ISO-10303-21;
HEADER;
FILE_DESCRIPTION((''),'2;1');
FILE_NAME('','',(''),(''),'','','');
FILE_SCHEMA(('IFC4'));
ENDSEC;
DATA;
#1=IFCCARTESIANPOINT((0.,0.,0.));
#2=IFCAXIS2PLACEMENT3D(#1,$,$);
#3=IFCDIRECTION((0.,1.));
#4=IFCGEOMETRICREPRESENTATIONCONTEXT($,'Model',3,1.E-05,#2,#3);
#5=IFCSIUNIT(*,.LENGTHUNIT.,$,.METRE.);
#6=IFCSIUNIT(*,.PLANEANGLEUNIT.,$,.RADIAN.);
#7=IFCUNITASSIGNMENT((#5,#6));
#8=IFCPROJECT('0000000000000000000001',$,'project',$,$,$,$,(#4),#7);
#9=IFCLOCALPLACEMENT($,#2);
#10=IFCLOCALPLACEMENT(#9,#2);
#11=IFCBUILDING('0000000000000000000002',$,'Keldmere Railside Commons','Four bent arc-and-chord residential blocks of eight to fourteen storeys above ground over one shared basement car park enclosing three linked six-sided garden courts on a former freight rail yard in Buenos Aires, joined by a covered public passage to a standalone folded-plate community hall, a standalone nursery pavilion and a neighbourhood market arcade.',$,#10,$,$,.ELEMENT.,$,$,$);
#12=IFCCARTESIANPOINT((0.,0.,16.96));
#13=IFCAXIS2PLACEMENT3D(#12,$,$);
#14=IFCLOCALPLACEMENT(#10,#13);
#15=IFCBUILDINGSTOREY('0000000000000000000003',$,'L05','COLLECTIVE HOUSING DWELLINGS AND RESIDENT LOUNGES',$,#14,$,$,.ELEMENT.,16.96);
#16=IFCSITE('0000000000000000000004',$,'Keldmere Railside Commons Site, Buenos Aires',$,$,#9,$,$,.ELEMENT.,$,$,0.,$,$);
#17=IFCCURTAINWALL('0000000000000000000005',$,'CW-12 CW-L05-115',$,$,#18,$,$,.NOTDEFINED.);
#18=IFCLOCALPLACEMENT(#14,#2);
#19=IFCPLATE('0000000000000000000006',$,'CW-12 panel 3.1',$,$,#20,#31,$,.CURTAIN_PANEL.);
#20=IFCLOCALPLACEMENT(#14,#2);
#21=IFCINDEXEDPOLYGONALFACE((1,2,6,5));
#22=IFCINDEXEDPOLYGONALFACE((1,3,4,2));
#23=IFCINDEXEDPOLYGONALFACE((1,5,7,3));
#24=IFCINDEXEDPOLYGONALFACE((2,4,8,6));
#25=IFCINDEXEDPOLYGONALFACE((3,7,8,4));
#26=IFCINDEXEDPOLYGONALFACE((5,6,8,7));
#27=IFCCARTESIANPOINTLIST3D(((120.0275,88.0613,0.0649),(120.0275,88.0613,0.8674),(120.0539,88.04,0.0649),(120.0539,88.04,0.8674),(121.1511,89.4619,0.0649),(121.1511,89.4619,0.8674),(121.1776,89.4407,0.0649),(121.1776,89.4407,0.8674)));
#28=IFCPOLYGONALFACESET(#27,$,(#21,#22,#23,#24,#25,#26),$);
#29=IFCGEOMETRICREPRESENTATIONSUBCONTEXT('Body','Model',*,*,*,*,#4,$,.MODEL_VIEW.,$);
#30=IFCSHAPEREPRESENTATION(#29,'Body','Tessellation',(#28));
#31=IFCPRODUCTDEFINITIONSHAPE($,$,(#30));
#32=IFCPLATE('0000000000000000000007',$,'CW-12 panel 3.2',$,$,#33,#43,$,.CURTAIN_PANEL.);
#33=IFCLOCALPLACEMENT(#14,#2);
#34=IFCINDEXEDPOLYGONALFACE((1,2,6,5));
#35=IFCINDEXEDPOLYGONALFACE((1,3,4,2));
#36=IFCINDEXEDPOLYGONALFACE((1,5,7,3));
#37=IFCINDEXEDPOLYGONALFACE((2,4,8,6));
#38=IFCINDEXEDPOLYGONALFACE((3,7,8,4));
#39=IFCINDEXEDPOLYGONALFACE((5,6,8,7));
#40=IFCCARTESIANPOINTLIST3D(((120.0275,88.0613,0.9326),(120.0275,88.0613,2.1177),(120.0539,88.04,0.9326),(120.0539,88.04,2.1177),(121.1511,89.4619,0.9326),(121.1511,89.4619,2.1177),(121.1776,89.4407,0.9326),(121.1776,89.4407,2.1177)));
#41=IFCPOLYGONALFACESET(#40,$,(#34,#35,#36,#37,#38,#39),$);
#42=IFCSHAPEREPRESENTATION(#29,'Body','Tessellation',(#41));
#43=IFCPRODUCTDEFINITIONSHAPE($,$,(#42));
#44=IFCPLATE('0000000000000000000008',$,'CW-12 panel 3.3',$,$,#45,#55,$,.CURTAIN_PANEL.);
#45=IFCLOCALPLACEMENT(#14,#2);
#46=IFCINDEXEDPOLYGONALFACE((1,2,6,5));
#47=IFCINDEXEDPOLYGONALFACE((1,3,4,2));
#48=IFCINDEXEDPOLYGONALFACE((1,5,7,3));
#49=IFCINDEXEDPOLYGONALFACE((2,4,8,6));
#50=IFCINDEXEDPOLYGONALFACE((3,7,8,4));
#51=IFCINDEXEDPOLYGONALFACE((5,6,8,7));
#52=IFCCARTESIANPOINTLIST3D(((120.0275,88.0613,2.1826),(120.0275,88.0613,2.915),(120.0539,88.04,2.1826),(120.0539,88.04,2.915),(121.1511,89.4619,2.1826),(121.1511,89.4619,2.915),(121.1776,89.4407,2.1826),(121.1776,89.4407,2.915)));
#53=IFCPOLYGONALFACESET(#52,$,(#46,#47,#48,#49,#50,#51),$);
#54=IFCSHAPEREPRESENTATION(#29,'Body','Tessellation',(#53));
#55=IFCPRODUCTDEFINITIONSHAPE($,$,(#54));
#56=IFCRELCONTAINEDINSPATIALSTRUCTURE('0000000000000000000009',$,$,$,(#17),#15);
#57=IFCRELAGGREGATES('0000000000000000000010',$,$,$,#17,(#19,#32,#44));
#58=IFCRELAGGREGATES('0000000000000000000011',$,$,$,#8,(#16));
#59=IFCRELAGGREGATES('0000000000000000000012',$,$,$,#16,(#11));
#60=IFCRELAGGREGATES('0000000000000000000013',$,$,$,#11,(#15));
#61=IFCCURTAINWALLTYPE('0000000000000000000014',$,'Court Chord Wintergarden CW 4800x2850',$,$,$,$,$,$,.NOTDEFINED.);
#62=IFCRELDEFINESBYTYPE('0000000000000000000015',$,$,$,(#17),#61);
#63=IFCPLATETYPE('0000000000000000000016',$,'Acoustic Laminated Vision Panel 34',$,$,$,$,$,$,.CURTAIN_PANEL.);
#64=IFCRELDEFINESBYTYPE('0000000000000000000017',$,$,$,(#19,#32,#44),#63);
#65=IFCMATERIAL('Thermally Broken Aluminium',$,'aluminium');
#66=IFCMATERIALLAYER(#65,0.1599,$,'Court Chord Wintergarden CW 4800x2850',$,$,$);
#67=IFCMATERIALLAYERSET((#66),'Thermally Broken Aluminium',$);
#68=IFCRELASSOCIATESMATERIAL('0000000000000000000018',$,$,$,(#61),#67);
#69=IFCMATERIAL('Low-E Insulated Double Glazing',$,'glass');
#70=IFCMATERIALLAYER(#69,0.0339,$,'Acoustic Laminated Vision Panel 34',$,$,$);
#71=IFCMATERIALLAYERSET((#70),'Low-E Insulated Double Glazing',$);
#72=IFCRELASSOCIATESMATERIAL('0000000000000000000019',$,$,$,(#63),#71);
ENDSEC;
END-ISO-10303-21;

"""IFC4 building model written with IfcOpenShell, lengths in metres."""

from ifc_helpers import new_model, si_unit, direction, frame, origin, origin_2d, place, context, subcontext, project, spatial, rectangle, extrude, material, layer, layer_set, type_object, element, aggregate, save


model = new_model("IFC4")

# Units and contexts
model_context = context("Model", 3, precision=1e-05, world=origin(), true_north=direction((0.0, 1.0)))
body_context = subcontext(model_context, "Body", "Model", "MODEL_VIEW")
ifc_project = project(units=[si_unit("LENGTHUNIT", "METRE"), si_unit("PLANEANGLEUNIT", "RADIAN")], contexts=[model_context])

# Site, building, storey
site_placement = place(None, origin())
site = spatial("IfcSite", under=ifc_project, at=site_placement, Name="Keldmere Railside Commons Site, Buenos Aires", CompositionType="ELEMENT", RefElevation=0.0)
building_placement = place(site_placement, origin())
building = spatial("IfcBuilding", under=site, at=building_placement, Name="Keldmere Railside Commons", Description="Four bent arc-and-chord residential blocks of eight to fourteen storeys above ground over one shared basement car park enclosing three linked six-sided garden courts on a former freight rail yard in Buenos Aires, joined by a covered public passage to a standalone folded-plate community hall, a standalone nursery pavilion and a neighbourhood market arcade.", CompositionType="ELEMENT")
storey_placement = place(building_placement, frame((0.0, 0.0, 16.96)))
storey = spatial("IfcBuildingStorey", under=building, at=storey_placement, Name="L05", Description="COLLECTIVE HOUSING DWELLINGS AND RESIDENT LOUNGES", CompositionType="ELEMENT", Elevation=16.96)

# Curtain wall, plates
ifc_material_1 = material(Name="Thermally Broken Aluminium", Category="aluminium")
ifc_layer_1 = layer(ifc_material_1, 0.1599, Name="Court Chord Wintergarden CW 4800x2850")
ifc_layer_set_1 = layer_set([ifc_layer_1], Name="Thermally Broken Aluminium")
curtain_wall_type = type_object("IfcCurtainWallType", Name="Court Chord Wintergarden CW 4800x2850", PredefinedType="NOTDEFINED", material=ifc_layer_set_1)
curtain_wall_placement = place(storey_placement, origin())
curtain_wall = element("IfcCurtainWall", 1, at=curtain_wall_placement, inside=storey, type_object=curtain_wall_type, Name="CW-12 CW-L05-115", PredefinedType="NOTDEFINED")
ifc_material_2 = material(Name="Low-E Insulated Double Glazing", Category="glass")
ifc_layer_2 = layer(ifc_material_2, 0.0339, Name="Acoustic Laminated Vision Panel 34")
ifc_layer_set_2 = layer_set([ifc_layer_2], Name="Low-E Insulated Double Glazing")
plate_type = type_object("IfcPlateType", Name="Acoustic Laminated Vision Panel 34", PredefinedType="CURTAIN_PANEL", material=ifc_layer_set_2)
plate_1_placement = place(storey_placement, frame((120.6025, 88.751, 0.0649), z_axis=(0.0, 0.0, 1.0), x_axis=(-0.625768, -0.780009, 0.0)))
plate_1 = element("IfcPlate", 2, at=plate_1_placement, type_object=plate_type, Name="CW-12 panel 3.1", PredefinedType="CURTAIN_PANEL", context=body_context, shape_type="SweptSolid", body=[
    extrude(rectangle(XDim=1.7957, YDim=0.0339, at=origin_2d()), origin(), (0.0, 0.0, 1.0), 0.8025),
])
plate_2_placement = place(storey_placement, frame((120.6025, 88.751, 0.9326), z_axis=(0.0, 0.0, 1.0), x_axis=(-0.625768, -0.780009, 0.0)))
plate_2 = element("IfcPlate", 3, at=plate_2_placement, type_object=plate_type, Name="CW-12 panel 3.2", PredefinedType="CURTAIN_PANEL", context=body_context, shape_type="SweptSolid", body=[
    extrude(rectangle(XDim=1.7957, YDim=0.0339, at=origin_2d()), origin(), (0.0, 0.0, 1.0), 1.1851),
])
plate_3_placement = place(storey_placement, frame((120.6025, 88.751, 2.1826), z_axis=(0.0, 0.0, 1.0), x_axis=(-0.625768, -0.780009, 0.0)))
plate_3 = element("IfcPlate", 4, at=plate_3_placement, type_object=plate_type, Name="CW-12 panel 3.3", PredefinedType="CURTAIN_PANEL", context=body_context, shape_type="SweptSolid", body=[
    extrude(rectangle(XDim=1.7957, YDim=0.0339, at=origin_2d()), origin(), (0.0, 0.0, 1.0), 0.7324),
])
aggregate(curtain_wall, [plate_1, plate_2, plate_3])

save(model, "model.ifc")
